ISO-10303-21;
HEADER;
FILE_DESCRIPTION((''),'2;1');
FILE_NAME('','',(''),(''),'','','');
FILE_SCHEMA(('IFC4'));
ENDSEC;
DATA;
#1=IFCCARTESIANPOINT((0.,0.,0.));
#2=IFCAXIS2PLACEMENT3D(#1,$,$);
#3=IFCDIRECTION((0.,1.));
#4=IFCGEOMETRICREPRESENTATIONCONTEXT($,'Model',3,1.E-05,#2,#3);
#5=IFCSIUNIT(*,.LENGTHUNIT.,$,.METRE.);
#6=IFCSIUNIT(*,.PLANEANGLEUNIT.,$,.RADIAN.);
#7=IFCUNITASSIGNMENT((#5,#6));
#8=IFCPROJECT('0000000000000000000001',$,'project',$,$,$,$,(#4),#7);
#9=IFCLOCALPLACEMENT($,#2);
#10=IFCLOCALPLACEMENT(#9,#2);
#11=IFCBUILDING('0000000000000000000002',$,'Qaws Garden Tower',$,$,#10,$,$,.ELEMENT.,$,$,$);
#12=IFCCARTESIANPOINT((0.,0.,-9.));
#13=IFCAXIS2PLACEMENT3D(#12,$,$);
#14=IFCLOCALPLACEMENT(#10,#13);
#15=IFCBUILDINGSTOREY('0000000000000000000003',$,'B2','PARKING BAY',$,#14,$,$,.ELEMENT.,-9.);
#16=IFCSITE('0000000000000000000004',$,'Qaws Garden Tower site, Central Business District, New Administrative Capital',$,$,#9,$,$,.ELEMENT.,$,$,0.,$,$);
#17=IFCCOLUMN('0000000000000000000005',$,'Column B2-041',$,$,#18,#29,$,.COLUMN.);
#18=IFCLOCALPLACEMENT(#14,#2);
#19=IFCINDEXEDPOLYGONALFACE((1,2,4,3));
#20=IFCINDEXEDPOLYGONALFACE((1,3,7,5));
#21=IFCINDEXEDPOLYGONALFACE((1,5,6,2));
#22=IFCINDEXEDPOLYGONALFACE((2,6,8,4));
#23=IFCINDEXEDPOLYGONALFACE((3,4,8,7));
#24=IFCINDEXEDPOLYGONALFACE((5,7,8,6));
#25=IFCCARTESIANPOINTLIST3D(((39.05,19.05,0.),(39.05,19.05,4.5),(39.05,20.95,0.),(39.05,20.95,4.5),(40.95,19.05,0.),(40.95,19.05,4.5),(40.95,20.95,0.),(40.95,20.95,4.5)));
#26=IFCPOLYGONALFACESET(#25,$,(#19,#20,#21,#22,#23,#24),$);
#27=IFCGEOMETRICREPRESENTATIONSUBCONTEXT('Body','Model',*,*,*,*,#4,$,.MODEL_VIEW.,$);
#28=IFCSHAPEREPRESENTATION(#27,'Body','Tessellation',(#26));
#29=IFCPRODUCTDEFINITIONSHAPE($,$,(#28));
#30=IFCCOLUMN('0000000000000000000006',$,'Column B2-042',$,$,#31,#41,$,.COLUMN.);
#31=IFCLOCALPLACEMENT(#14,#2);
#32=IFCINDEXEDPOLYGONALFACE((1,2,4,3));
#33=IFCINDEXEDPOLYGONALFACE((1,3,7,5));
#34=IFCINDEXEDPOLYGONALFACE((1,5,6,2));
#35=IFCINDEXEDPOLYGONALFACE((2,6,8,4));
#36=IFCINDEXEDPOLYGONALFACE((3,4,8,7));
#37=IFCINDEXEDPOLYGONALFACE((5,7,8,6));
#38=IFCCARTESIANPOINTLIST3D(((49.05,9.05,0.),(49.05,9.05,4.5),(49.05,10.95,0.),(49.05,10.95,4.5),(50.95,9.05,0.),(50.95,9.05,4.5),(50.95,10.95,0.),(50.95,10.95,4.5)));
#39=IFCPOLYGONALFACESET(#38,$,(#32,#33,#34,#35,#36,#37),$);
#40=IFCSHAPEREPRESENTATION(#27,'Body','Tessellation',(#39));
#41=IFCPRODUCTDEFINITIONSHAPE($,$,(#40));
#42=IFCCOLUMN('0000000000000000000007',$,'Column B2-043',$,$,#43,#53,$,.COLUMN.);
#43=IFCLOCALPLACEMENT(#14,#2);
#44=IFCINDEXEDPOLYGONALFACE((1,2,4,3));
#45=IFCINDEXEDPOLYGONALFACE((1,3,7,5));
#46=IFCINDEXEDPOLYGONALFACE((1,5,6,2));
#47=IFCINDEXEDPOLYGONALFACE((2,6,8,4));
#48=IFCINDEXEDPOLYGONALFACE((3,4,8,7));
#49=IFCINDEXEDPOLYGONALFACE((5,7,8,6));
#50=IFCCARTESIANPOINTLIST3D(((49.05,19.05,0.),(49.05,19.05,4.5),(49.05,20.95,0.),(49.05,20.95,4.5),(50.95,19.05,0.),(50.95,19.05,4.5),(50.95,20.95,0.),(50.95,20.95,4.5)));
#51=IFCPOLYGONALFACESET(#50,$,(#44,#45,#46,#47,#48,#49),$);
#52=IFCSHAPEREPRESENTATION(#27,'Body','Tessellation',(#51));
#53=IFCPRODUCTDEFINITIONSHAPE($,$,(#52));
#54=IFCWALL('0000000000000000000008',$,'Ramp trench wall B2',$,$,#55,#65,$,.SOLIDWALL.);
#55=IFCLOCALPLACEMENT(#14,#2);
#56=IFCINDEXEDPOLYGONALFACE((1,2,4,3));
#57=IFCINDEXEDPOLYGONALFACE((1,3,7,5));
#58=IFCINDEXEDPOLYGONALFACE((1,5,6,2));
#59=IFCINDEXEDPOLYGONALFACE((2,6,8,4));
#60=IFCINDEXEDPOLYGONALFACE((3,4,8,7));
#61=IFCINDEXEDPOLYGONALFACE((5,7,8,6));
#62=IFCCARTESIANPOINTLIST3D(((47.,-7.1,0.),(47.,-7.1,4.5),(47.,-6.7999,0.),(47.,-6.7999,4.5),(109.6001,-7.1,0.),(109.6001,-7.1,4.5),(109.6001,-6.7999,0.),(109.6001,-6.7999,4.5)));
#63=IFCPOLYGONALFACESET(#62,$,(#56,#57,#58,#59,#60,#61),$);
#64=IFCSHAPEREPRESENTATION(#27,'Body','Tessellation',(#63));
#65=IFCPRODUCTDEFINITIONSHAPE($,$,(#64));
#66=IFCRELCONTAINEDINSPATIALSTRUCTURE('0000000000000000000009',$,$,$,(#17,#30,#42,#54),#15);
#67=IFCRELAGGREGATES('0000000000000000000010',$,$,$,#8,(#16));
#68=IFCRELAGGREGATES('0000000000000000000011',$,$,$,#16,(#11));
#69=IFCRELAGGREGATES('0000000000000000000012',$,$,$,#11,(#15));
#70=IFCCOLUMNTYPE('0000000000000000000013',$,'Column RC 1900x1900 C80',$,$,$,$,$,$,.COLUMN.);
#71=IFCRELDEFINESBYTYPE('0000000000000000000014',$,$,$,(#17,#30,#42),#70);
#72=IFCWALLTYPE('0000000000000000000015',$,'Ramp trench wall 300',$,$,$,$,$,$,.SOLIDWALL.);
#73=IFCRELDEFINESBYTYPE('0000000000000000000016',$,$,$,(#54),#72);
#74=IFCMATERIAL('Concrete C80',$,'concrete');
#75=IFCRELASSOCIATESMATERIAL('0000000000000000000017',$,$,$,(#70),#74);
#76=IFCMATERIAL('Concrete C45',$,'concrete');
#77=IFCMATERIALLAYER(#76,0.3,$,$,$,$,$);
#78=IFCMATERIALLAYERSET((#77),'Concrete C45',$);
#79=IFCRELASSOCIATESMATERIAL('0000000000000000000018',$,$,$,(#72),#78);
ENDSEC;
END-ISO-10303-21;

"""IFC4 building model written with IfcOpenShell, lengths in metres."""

from ifc_helpers import new_model, si_unit, direction, frame, frame_2d, origin, origin_2d, place, context, subcontext, project, spatial, rectangle, extrude, material, layer, layer_set, material_profile, profile_set, type_object, element, save


model = new_model("IFC4")

# Units and contexts
model_context = context("Model", 3, precision=1e-05, world=origin(), true_north=direction((0.0, 1.0)))
body_context = subcontext(model_context, "Body", "Model", "MODEL_VIEW")
ifc_project = project(units=[si_unit("LENGTHUNIT", "METRE"), si_unit("PLANEANGLEUNIT", "RADIAN")], contexts=[model_context])

# Site, building, storey
site_placement = place(None, origin())
site = spatial("IfcSite", under=ifc_project, at=site_placement, Name="Qaws Garden Tower site, Central Business District, New Administrative Capital", CompositionType="ELEMENT", RefElevation=0.0)
building_placement = place(site_placement, origin())
building = spatial("IfcBuilding", under=site, at=building_placement, Name="Qaws Garden Tower", CompositionType="ELEMENT")
storey_placement = place(building_placement, frame((0.0, 0.0, -9.0)))
storey = spatial("IfcBuildingStorey", under=building, at=storey_placement, Name="B2", Description="PARKING BAY", CompositionType="ELEMENT", Elevation=-9.0)

# Columns
ifc_material_1 = material(Name="Concrete C80", Category="concrete")
ifc_material_profile_1 = material_profile(ifc_material_1, rectangle(XDim=1.8999, YDim=1.8999, at=origin_2d()), Name="RC 1900x1900")
ifc_profile_set_1 = profile_set([ifc_material_profile_1], Name="Concrete C80")
column_type_1 = type_object("IfcColumnType", Name="Column RC 1900x1900 C80", PredefinedType="COLUMN", material=ifc_profile_set_1)
for number, where, z_axis, x_axis, name in (
    (1, (40.0, 20.0, 0.0), (0.0, 0.0, 1.0), (1.0, 0.0, 0.0), "Column B2-041"),
    (2, (50.0, 10.0, 0.0), (0.0, 0.0, 1.0), (1.0, 0.0, 0.0), "Column B2-042"),
    (3, (50.0, 20.0, 0.0), (0.0, 0.0, 1.0), (1.0, 0.0, 0.0), "Column B2-043"),
):
    element("IfcColumn", number, at=place(storey_placement, frame(where, z_axis=z_axis, x_axis=x_axis)), inside=storey, type_object=column_type_1, Name=name, PredefinedType="COLUMN", context=body_context, shape_type="SweptSolid", body=[
        extrude(rectangle(XDim=1.8999, YDim=1.8999, at=origin_2d()), origin(), (0.0, 0.0, 1.0), 4.5),
    ])

# Wall
ifc_material_2 = material(Name="Concrete C45", Category="concrete")
ifc_layer = layer(ifc_material_2, 0.3)
ifc_layer_set = layer_set([ifc_layer], Name="Concrete C45")
wall_type = type_object("IfcWallType", Name="Ramp trench wall 300", PredefinedType="SOLIDWALL", material=ifc_layer_set)
wall_placement = place(storey_placement, frame((47.0, -6.95, 0.0), z_axis=(0.0, 0.0, 1.0), x_axis=(1.0, 0.0, 0.0)))
element("IfcWall", 4, at=wall_placement, inside=storey, type_object=wall_type, Name="Ramp trench wall B2", PredefinedType="SOLIDWALL", context=body_context, shape_type="SweptSolid", body=[
    extrude(rectangle(XDim=62.6001, YDim=0.3, at=frame_2d((31.3, 0.0))), origin(), (0.0, 0.0, 1.0), 4.5),
])

save(model, "model.ifc")
